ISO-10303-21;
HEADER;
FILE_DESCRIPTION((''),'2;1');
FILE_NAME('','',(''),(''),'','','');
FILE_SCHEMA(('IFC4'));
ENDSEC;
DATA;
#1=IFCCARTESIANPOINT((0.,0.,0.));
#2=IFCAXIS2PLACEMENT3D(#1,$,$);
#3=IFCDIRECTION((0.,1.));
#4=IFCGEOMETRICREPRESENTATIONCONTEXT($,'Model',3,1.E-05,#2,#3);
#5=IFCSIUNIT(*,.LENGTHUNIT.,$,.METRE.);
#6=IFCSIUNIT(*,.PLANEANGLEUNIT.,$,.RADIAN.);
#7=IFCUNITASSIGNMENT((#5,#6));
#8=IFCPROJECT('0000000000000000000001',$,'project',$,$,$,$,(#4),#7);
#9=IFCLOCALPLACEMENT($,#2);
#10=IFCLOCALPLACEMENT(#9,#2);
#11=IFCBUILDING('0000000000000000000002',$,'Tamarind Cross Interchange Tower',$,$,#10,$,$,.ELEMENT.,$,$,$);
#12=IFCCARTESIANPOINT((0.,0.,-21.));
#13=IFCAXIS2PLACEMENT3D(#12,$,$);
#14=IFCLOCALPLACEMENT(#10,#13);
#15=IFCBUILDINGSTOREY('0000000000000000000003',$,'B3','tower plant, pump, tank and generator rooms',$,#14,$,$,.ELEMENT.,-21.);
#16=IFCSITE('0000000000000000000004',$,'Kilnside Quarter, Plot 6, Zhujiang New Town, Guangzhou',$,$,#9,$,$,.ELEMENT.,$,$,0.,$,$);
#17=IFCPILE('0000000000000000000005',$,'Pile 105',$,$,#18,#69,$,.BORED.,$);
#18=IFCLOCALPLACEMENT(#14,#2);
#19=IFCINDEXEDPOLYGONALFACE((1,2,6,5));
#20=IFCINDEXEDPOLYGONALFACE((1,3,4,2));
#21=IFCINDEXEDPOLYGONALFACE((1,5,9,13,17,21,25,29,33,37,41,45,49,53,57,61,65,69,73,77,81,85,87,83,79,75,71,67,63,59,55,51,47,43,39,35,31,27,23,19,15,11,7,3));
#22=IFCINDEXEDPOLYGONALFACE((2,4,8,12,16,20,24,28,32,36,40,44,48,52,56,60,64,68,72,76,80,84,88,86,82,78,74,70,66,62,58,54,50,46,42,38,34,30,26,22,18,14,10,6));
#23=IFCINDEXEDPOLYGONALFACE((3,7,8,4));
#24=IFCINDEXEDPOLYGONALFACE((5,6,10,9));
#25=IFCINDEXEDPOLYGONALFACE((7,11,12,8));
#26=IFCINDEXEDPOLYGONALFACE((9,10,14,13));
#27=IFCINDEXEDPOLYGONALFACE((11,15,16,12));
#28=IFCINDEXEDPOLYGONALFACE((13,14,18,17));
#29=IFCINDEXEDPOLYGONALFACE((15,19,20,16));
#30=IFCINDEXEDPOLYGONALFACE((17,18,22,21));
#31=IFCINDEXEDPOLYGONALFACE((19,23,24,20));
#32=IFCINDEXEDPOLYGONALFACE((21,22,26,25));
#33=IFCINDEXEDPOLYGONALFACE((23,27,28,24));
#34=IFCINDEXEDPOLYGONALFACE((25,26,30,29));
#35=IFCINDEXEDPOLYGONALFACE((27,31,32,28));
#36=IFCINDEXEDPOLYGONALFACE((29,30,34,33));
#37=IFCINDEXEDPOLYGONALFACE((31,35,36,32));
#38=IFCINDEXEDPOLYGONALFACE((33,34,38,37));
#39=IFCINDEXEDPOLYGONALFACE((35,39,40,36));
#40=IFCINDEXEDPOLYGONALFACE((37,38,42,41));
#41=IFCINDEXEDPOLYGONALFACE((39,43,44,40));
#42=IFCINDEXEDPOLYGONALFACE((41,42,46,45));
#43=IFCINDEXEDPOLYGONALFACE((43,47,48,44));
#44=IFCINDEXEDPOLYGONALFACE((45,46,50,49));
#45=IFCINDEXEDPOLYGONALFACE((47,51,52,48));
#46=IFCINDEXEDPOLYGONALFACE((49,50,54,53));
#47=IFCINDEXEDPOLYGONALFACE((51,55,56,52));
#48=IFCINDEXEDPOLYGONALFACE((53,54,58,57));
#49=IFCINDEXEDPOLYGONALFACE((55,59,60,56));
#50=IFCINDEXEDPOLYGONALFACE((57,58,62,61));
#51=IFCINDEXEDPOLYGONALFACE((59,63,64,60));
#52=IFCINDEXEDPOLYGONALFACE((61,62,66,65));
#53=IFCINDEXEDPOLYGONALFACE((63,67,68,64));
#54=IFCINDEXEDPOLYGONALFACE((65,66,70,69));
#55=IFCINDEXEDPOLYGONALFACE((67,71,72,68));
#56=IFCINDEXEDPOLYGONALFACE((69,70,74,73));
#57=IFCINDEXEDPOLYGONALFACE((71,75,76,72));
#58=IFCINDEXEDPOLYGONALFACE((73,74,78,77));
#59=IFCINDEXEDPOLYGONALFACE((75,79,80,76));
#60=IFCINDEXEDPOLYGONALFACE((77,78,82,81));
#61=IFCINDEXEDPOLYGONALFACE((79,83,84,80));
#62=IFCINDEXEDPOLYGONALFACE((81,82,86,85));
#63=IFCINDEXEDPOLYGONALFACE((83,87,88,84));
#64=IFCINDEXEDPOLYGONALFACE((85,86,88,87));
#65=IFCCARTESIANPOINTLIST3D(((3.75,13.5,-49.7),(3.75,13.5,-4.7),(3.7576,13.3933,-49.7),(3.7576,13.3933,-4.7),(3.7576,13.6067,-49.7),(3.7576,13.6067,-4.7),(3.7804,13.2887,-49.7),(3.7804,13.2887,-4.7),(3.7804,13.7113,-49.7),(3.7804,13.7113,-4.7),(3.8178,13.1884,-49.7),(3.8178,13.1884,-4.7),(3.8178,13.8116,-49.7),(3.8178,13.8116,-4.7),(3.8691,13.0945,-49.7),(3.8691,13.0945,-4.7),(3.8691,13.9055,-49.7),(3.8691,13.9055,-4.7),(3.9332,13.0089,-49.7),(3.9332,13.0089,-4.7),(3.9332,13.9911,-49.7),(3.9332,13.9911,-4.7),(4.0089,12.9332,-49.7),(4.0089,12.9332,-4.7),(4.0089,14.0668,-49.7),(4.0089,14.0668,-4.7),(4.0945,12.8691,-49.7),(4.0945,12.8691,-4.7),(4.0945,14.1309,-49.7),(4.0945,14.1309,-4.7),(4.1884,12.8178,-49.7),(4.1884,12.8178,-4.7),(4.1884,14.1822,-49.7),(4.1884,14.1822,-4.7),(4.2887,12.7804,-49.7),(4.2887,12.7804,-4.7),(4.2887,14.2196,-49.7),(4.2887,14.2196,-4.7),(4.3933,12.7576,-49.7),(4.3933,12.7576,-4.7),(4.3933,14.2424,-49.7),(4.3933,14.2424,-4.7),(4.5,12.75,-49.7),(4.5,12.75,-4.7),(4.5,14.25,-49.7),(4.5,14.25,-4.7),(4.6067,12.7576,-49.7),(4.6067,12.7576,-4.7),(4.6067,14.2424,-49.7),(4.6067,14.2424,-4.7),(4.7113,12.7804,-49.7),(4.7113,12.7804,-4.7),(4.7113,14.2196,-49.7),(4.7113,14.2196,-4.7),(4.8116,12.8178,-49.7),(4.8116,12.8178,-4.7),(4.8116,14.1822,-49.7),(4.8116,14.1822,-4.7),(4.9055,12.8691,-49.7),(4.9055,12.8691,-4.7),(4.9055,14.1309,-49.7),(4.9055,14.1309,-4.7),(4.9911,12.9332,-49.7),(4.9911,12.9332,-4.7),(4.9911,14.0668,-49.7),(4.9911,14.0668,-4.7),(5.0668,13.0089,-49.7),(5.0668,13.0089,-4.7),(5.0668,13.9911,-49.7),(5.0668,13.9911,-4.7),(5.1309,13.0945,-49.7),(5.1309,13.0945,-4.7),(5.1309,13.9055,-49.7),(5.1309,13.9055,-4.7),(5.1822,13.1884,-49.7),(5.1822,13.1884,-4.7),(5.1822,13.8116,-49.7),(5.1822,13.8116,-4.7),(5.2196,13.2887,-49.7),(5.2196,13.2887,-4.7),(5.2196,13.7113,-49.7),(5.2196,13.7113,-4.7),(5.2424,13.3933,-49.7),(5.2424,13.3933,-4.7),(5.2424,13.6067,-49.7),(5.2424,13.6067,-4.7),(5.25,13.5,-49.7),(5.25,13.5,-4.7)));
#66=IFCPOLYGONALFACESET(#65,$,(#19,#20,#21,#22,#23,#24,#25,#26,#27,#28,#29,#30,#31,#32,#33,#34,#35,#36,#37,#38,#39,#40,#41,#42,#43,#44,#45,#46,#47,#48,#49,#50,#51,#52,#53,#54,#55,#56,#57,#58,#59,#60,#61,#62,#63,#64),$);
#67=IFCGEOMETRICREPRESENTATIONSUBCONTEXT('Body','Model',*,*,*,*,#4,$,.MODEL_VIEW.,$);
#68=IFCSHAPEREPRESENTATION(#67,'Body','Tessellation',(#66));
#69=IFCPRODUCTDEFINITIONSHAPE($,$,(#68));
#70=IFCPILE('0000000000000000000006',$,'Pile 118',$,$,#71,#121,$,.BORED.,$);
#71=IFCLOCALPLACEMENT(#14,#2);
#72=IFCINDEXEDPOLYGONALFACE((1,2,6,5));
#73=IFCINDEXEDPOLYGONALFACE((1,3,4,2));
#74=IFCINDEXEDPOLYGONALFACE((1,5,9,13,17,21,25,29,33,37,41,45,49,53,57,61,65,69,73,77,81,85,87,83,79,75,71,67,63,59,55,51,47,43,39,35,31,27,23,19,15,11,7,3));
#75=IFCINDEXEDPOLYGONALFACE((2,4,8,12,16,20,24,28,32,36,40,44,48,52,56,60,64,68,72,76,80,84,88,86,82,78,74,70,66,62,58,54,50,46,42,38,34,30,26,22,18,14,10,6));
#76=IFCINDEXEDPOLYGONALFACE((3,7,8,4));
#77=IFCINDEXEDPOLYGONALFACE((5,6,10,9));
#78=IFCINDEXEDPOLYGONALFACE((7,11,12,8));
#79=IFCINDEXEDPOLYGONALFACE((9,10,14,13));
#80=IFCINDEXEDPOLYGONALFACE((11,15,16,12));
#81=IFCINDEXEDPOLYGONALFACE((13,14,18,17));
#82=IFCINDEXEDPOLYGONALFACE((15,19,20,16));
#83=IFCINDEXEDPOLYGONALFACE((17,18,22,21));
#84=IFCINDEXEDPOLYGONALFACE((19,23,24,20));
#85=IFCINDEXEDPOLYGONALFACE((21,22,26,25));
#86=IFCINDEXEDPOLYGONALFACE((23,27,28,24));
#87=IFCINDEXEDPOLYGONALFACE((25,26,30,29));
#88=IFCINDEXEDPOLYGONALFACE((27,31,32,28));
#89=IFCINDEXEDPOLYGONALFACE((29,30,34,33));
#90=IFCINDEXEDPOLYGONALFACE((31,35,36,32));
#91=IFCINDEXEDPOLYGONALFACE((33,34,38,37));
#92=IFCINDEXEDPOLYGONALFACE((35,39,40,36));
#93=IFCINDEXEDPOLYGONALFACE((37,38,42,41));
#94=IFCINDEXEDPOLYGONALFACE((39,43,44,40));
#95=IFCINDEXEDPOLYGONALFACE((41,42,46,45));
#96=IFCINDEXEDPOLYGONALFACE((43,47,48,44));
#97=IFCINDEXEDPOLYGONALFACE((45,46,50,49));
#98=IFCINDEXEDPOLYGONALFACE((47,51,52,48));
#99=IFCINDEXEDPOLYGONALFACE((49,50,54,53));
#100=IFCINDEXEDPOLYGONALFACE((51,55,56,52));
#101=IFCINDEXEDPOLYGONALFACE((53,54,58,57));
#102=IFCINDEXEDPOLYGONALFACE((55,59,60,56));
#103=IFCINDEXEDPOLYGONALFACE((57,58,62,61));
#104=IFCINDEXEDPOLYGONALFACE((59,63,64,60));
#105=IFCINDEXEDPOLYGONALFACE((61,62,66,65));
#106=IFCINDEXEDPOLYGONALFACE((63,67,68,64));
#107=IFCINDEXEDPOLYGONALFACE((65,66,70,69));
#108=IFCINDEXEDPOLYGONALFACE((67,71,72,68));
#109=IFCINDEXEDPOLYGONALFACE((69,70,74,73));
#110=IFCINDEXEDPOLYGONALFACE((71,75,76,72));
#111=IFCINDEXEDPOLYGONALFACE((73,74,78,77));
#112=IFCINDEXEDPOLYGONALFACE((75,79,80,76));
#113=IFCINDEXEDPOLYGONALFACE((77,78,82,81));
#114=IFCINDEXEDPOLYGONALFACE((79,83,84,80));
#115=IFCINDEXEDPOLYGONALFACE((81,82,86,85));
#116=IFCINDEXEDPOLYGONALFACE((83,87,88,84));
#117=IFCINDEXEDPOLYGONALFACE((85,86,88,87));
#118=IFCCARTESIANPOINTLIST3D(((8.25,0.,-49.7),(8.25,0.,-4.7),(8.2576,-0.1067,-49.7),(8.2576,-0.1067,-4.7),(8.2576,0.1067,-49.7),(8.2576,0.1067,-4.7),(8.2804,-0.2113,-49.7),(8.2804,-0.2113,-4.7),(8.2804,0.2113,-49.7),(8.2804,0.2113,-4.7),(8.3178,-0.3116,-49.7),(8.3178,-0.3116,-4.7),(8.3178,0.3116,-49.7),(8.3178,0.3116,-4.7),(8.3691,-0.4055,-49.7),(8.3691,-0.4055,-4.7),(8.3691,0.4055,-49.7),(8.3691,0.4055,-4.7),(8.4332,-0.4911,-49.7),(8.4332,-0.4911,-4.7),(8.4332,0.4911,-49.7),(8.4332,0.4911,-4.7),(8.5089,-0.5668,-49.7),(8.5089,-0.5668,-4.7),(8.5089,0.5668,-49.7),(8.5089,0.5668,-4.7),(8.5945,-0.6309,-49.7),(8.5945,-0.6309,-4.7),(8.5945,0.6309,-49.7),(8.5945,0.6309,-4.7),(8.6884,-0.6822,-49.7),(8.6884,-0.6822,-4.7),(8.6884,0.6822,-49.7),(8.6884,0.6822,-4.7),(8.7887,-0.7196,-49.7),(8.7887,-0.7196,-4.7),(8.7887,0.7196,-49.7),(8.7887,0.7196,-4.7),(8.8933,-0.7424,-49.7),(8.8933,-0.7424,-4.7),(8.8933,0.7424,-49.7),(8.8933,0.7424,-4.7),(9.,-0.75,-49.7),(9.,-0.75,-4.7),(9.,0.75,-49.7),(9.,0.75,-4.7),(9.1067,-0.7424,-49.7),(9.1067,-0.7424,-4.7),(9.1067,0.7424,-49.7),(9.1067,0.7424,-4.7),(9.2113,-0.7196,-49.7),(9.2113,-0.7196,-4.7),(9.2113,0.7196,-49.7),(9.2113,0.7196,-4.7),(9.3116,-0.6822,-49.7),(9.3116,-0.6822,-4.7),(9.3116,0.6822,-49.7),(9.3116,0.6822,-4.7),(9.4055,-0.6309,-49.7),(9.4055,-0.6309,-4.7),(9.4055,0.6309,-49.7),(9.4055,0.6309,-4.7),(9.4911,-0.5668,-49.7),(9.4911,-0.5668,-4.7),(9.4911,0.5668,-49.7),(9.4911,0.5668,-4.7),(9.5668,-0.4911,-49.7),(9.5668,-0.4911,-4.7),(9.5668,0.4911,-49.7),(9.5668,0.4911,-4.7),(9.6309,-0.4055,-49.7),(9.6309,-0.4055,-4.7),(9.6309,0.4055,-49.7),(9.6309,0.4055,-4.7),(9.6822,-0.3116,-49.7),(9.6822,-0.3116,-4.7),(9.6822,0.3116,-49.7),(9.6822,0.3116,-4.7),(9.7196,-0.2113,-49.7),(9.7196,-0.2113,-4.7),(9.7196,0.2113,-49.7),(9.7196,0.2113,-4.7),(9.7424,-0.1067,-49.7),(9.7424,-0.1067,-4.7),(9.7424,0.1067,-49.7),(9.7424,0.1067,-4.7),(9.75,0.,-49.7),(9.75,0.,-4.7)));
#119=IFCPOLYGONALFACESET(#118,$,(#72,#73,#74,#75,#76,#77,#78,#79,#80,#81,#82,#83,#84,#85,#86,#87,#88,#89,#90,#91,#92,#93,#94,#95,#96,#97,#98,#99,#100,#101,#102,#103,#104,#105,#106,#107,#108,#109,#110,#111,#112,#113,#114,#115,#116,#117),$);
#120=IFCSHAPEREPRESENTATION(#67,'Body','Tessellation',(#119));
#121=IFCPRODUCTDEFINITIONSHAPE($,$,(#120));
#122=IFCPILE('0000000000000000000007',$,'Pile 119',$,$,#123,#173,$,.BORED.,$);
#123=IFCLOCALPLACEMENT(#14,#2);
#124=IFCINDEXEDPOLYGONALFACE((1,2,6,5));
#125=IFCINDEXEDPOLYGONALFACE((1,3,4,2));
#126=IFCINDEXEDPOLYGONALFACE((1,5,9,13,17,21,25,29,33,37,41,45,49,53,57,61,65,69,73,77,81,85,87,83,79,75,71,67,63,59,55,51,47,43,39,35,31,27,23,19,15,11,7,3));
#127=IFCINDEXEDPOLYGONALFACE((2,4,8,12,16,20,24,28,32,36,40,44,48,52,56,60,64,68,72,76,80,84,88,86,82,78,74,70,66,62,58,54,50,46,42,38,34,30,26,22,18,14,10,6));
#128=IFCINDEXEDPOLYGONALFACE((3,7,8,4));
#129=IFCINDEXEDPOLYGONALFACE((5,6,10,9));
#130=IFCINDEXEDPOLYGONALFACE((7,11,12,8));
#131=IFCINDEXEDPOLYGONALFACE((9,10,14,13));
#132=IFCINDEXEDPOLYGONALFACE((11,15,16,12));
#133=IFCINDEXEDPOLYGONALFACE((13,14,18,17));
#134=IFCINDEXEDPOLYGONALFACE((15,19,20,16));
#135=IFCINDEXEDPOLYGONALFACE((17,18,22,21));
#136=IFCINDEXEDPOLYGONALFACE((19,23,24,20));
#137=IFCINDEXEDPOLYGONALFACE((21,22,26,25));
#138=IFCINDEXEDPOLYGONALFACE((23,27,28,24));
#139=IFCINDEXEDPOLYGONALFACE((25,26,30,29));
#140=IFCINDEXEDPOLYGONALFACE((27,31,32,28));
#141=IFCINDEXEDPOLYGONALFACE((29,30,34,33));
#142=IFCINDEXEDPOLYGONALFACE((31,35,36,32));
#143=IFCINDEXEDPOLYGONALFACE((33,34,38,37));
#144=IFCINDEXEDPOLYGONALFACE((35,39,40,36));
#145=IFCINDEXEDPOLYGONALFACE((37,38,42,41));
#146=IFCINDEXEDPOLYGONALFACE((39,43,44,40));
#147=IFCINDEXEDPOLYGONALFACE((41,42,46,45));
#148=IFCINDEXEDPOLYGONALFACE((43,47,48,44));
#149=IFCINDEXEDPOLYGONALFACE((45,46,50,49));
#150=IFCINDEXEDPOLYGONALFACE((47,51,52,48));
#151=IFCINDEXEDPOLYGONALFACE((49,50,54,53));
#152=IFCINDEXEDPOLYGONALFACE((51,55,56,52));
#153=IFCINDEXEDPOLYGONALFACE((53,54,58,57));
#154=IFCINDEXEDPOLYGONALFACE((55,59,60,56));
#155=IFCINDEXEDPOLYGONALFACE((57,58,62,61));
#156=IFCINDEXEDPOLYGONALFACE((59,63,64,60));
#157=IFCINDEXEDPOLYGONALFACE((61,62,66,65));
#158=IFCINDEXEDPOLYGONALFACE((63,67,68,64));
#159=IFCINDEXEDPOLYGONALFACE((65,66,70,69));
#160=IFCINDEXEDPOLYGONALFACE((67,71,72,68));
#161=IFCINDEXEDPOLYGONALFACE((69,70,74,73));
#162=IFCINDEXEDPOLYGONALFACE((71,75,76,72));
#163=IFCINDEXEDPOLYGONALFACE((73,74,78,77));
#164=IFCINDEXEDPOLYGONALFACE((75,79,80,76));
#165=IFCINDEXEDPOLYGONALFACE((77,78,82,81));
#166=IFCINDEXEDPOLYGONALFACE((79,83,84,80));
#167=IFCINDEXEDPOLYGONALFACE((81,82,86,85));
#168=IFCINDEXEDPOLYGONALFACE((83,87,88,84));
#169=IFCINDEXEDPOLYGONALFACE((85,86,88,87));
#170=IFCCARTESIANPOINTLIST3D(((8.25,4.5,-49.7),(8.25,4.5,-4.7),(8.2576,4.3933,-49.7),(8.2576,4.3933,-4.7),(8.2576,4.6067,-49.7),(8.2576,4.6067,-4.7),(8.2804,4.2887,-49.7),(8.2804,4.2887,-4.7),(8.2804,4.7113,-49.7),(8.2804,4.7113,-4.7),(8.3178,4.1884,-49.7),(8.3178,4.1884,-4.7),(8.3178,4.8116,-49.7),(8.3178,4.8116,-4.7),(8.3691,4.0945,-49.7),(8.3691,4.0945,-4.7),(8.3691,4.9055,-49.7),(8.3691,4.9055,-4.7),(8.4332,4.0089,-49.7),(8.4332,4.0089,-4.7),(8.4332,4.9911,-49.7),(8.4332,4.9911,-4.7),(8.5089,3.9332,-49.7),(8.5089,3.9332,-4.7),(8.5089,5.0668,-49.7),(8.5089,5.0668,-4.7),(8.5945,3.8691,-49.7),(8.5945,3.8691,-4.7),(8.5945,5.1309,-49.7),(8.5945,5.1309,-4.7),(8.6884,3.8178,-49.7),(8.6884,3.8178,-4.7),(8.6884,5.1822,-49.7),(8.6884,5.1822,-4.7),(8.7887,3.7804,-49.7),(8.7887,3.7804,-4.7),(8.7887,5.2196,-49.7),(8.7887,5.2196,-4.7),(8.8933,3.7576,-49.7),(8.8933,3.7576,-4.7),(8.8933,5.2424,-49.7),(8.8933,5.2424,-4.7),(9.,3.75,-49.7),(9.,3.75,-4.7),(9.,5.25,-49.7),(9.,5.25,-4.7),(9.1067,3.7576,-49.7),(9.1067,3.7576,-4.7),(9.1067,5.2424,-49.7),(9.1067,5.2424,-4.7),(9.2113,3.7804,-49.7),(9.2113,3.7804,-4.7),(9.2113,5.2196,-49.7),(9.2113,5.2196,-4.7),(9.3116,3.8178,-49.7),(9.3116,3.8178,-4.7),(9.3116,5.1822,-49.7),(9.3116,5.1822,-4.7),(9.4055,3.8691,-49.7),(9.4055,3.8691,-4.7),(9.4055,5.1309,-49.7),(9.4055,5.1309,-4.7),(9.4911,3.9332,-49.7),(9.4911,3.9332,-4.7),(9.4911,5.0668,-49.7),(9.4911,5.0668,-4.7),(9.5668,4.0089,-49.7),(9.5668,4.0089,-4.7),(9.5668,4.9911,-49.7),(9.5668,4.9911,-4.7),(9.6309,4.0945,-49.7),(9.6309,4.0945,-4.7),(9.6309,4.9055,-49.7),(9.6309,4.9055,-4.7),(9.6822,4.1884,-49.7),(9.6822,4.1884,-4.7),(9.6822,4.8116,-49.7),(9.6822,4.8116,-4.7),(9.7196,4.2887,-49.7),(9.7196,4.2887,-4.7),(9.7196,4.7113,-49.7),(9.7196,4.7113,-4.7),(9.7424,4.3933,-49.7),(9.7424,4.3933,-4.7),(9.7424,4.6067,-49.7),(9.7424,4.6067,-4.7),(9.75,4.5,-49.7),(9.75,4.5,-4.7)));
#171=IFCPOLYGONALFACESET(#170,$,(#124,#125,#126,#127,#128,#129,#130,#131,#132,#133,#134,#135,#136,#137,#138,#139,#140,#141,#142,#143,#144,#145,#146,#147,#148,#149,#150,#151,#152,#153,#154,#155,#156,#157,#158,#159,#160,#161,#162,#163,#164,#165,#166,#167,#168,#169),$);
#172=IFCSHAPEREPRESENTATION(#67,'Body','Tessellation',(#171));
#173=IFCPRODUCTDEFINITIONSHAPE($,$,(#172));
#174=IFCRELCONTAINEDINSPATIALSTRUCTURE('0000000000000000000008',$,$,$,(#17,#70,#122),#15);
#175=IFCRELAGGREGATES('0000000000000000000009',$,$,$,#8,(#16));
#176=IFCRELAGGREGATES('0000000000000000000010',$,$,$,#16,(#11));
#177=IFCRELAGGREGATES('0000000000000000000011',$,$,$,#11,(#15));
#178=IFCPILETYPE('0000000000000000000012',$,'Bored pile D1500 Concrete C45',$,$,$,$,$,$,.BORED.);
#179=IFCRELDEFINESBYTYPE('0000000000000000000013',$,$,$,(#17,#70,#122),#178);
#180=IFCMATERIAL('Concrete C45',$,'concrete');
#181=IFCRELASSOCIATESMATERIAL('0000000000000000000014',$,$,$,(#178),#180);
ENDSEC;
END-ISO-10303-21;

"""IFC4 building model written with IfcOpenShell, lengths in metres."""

from ifc_helpers import new_model, si_unit, direction, frame, origin, origin_2d, place, context, subcontext, project, spatial, circle, extrude, material, material_profile, profile_set, type_object, element, save


model = new_model("IFC4")

# Units and contexts
model_context = context("Model", 3, precision=1e-05, world=origin(), true_north=direction((0.0, 1.0)))
body_context = subcontext(model_context, "Body", "Model", "MODEL_VIEW")
ifc_project = project(units=[si_unit("LENGTHUNIT", "METRE"), si_unit("PLANEANGLEUNIT", "RADIAN")], contexts=[model_context])

# Site, building, storey
site_placement = place(None, origin())
site = spatial("IfcSite", under=ifc_project, at=site_placement, Name="Kilnside Quarter, Plot 6, Zhujiang New Town, Guangzhou", CompositionType="ELEMENT", RefElevation=0.0)
building_placement = place(site_placement, origin())
building = spatial("IfcBuilding", under=site, at=building_placement, Name="Tamarind Cross Interchange Tower", CompositionType="ELEMENT")
storey_placement = place(building_placement, frame((0.0, 0.0, -21.0)))
storey = spatial("IfcBuildingStorey", under=building, at=storey_placement, Name="B3", Description="tower plant, pump, tank and generator rooms", CompositionType="ELEMENT", Elevation=-21.0)

# Piles
ifc_material_1 = material(Name="Concrete C45", Category="concrete")
ifc_material_profile = material_profile(ifc_material_1, circle(Radius=0.75, at=origin_2d()), Name="RC D1500")
ifc_profile_set = profile_set([ifc_material_profile], Name="Concrete C45")
pile_type = type_object("IfcPileType", Name="Bored pile D1500 Concrete C45", PredefinedType="BORED", material=ifc_profile_set)
for number, where, z_axis, x_axis, name in (
    (1, (4.5, 13.5, -4.7), (0.0, 0.0, -1.0), (1.0, 0.0, 0.0), "Pile 105"),
    (2, (9.0, 0.0, -4.7), (0.0, 0.0, -1.0), (1.0, 0.0, 0.0), "Pile 118"),
    (3, (9.0, 4.5, -4.7), (0.0, 0.0, -1.0), (1.0, 0.0, 0.0), "Pile 119"),
):
    element("IfcPile", number, at=place(storey_placement, frame(where, z_axis=z_axis, x_axis=x_axis)), inside=storey, type_object=pile_type, Name=name, PredefinedType="BORED", context=body_context, shape_type="SweptSolid", body=[
        extrude(circle(Radius=0.75, at=origin_2d()), origin(), (0.0, 0.0, 1.0), 45.0),
    ])

save(model, "model.ifc")
